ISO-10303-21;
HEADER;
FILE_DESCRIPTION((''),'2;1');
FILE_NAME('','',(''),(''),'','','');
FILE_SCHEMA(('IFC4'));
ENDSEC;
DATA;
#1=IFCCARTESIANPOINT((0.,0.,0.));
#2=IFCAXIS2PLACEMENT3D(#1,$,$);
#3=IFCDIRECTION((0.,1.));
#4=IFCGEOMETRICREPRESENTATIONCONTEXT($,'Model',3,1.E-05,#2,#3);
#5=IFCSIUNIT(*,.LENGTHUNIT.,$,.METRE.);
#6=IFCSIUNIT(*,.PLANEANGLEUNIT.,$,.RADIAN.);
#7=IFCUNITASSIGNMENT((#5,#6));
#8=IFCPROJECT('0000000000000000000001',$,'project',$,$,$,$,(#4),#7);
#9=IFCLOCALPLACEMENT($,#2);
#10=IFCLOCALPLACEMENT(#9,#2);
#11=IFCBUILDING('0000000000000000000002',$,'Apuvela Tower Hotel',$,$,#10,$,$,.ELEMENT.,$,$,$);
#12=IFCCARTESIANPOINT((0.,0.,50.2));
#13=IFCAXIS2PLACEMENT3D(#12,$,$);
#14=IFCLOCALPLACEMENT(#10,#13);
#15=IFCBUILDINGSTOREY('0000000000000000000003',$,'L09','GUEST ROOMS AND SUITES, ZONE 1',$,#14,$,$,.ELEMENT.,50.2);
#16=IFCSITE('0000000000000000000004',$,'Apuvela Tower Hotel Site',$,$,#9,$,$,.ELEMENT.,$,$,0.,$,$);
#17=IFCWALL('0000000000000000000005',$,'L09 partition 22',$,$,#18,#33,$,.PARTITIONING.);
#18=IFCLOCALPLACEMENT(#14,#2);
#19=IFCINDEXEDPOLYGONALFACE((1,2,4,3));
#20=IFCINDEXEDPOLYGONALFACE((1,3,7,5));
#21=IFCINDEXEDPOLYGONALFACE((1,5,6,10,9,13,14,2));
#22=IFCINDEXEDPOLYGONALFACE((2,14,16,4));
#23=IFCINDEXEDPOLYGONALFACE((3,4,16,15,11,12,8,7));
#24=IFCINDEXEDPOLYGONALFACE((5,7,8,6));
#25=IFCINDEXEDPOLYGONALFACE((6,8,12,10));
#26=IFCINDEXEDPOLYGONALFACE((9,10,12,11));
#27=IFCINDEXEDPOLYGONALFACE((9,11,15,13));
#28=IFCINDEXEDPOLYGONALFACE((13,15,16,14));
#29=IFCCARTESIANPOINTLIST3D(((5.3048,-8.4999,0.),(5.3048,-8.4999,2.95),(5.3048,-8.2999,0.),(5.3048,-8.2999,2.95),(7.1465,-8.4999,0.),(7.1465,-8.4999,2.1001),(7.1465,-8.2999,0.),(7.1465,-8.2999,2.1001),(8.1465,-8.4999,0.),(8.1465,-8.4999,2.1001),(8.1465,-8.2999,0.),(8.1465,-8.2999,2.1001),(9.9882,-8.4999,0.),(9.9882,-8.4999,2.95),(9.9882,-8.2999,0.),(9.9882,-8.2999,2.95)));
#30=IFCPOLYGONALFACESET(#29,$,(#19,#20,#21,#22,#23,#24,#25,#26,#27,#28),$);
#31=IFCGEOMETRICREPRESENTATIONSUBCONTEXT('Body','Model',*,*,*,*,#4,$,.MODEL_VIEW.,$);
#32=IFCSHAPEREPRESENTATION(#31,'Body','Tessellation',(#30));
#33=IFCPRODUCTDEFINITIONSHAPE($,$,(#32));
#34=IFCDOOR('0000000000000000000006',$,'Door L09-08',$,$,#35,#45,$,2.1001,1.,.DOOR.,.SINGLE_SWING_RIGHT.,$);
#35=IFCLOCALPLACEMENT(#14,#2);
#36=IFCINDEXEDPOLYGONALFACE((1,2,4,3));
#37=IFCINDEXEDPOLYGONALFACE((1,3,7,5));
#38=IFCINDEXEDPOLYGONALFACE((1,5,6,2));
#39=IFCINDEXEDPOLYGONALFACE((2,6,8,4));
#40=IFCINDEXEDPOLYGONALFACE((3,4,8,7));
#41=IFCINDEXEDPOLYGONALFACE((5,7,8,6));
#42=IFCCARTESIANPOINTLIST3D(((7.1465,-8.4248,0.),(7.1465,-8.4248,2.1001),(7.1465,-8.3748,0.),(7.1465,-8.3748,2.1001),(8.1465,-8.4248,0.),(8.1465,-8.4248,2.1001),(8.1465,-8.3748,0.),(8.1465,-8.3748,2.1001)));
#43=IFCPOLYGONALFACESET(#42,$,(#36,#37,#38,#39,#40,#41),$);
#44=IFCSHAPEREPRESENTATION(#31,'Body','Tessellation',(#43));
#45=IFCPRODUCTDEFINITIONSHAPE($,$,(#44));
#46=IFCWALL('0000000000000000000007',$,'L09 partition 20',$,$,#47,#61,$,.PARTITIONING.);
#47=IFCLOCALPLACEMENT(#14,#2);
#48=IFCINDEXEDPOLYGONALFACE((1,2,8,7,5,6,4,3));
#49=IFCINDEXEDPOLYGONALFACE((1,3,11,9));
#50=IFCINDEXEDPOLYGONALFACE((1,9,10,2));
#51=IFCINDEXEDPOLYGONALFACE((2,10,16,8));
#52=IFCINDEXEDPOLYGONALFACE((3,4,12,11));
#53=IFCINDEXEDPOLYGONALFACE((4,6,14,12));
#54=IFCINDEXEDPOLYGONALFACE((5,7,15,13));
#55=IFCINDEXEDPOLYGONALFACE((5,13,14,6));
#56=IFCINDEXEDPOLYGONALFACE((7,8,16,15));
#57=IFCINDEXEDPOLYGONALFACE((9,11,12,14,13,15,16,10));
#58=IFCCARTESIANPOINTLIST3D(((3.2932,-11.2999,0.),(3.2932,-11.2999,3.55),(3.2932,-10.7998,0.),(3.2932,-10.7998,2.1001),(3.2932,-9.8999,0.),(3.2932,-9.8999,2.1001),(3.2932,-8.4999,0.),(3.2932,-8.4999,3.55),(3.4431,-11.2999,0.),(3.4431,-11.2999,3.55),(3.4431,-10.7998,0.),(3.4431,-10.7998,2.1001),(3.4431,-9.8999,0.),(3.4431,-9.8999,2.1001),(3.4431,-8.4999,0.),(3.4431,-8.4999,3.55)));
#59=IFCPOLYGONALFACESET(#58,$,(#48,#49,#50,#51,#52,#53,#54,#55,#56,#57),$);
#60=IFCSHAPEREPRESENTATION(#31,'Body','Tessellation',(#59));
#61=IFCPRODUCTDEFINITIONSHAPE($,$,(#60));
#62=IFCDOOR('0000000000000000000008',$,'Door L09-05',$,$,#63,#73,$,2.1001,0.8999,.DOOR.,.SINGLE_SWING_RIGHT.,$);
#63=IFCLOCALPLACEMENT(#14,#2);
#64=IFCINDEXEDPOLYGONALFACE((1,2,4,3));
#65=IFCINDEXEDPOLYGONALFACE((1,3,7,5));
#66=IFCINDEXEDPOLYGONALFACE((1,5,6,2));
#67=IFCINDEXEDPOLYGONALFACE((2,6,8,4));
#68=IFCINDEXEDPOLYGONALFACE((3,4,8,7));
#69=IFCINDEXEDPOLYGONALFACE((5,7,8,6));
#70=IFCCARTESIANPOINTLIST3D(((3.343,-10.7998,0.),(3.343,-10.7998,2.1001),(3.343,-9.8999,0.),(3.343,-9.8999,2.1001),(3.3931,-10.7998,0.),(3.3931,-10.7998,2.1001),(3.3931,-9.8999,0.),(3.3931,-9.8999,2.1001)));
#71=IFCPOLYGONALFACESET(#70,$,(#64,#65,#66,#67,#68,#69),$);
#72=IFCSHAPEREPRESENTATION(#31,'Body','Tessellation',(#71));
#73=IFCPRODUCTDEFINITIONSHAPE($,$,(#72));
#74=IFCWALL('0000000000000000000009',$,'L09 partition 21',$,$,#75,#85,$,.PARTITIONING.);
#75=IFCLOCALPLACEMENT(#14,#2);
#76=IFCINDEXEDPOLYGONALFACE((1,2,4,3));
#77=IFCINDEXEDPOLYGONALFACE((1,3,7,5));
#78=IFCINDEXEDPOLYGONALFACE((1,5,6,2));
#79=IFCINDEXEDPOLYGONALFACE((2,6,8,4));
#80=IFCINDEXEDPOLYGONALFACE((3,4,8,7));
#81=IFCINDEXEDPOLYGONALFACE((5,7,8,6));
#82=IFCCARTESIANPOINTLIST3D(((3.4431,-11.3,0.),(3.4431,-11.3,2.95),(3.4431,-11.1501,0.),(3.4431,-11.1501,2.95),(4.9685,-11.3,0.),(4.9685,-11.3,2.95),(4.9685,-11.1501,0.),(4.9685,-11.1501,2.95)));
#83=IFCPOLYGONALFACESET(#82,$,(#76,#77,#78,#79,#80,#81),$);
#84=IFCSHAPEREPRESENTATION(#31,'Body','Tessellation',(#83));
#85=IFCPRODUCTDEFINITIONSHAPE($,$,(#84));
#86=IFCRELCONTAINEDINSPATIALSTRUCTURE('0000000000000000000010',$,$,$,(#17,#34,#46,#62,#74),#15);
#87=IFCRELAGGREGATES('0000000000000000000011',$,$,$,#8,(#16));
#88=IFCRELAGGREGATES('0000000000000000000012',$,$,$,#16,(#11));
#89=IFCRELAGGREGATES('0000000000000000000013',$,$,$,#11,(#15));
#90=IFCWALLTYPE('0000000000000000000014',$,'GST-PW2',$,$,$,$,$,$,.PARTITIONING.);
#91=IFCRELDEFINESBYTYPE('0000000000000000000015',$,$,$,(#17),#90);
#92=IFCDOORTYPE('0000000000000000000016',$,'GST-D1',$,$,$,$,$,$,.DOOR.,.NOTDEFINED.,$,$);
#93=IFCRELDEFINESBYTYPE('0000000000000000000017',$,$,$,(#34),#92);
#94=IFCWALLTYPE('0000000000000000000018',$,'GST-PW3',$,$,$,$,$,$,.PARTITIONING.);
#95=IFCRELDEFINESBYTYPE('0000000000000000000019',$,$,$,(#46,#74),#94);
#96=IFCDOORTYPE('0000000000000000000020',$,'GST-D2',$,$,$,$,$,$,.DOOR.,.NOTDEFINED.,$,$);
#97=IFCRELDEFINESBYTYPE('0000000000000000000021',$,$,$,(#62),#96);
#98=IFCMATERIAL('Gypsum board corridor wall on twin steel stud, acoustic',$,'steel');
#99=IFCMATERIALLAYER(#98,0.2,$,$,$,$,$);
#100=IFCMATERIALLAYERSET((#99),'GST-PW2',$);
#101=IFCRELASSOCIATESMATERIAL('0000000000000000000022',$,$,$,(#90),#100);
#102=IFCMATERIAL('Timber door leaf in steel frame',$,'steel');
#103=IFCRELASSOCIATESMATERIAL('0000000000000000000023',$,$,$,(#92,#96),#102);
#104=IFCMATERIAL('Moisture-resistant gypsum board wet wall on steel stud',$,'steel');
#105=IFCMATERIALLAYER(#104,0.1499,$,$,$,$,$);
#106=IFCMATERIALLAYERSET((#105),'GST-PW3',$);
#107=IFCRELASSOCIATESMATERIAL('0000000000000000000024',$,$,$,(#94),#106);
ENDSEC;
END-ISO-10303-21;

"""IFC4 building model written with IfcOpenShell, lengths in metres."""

from ifc_helpers import new_model, si_unit, direction, frame, frame_2d, origin, place, context, subcontext, project, spatial, rectangle, extrude, material, layer, layer_set, type_object, element, fill, save


model = new_model("IFC4")

# Units and contexts
model_context = context("Model", 3, precision=1e-05, world=origin(), true_north=direction((0.0, 1.0)))
body_context = subcontext(model_context, "Body", "Model", "MODEL_VIEW")
ifc_project = project(units=[si_unit("LENGTHUNIT", "METRE"), si_unit("PLANEANGLEUNIT", "RADIAN")], contexts=[model_context])

# Site, building, storey
site_placement = place(None, origin())
site = spatial("IfcSite", under=ifc_project, at=site_placement, Name="Apuvela Tower Hotel Site", CompositionType="ELEMENT", RefElevation=0.0)
building_placement = place(site_placement, origin())
building = spatial("IfcBuilding", under=site, at=building_placement, Name="Apuvela Tower Hotel", CompositionType="ELEMENT")
storey_placement = place(building_placement, frame((0.0, 0.0, 50.2)))
storey = spatial("IfcBuildingStorey", under=building, at=storey_placement, Name="L09", Description="GUEST ROOMS AND SUITES, ZONE 1", CompositionType="ELEMENT", Elevation=50.2)

# Walls, openings, doors
ifc_material_1 = material(Name="Gypsum board corridor wall on twin steel stud, acoustic", Category="steel")
ifc_layer_1 = layer(ifc_material_1, 0.2)
ifc_layer_set_1 = layer_set([ifc_layer_1], Name="GST-PW2")
wall_type_1 = type_object("IfcWallType", Name="GST-PW2", PredefinedType="PARTITIONING", material=ifc_layer_set_1)
ifc_material_2 = material(Name="Timber door leaf in steel frame", Category="steel")
door_type_1 = type_object("IfcDoorType", Name="GST-D1", OperationType="NOTDEFINED", PredefinedType="DOOR", material=ifc_material_2)
wall_1_placement = place(storey_placement, frame((9.9883, -8.3999, 0.0), z_axis=(0.0, 0.0, 1.0), x_axis=(-1.0, 0.0, 0.0)))
wall_1 = element("IfcWall", 1, at=wall_1_placement, inside=storey, type_object=wall_type_1, Name="L09 partition 22", PredefinedType="PARTITIONING", context=body_context, shape_type="SweptSolid", body=[
    extrude(rectangle(XDim=4.6833, YDim=0.2, at=frame_2d((2.3418, 0.0))), origin(), (0.0, 0.0, 1.0), 2.95),
])
opening_1_placement = place(wall_1_placement, frame((1.8418, 0.0, 0.0)))
opening_1 = element("IfcOpeningElement", 2, at=opening_1_placement, cuts=wall_1, PredefinedType="OPENING", context=body_context, shape_type="SweptSolid", body=[
    extrude(rectangle(XDim=1.0, YDim=2.1001, at=frame_2d((0.5, 1.05))), frame((0.0, 0.1099, 0.0), z_axis=(0.0, -1.0, 0.0), x_axis=(1.0, 0.0, 0.0)), (0.0, 0.0, 1.0), 0.22),
])
door_1_placement = place(opening_1_placement, origin())
door_1 = element("IfcDoor", 3, at=door_1_placement, inside=storey, type_object=door_type_1, Name="Door L09-08", OperationType="SINGLE_SWING_RIGHT", OverallHeight=2.1001, OverallWidth=1.0, PredefinedType="DOOR", context=body_context, shape_type="SweptSolid", body=[
    extrude(rectangle(XDim=1.0, YDim=2.1001, at=frame_2d((0.5, 1.05))), frame((0.0, 0.0249, 0.0), z_axis=(0.0, -1.0, 0.0), x_axis=(1.0, 0.0, 0.0)), (0.0, 0.0, 1.0), 0.05),
])
fill(opening_1, door_1)
ifc_material_3 = material(Name="Moisture-resistant gypsum board wet wall on steel stud", Category="steel")
ifc_layer_2 = layer(ifc_material_3, 0.1499)
ifc_layer_set_2 = layer_set([ifc_layer_2], Name="GST-PW3")
wall_type_2 = type_object("IfcWallType", Name="GST-PW3", PredefinedType="PARTITIONING", material=ifc_layer_set_2)
wall_2_placement = place(storey_placement, frame((3.3682, -8.5, 0.0), z_axis=(0.0, 0.0, 1.0), x_axis=(0.0, -1.0, 0.0)))
wall_2 = element("IfcWall", 4, at=wall_2_placement, inside=storey, type_object=wall_type_2, Name="L09 partition 20", PredefinedType="PARTITIONING", context=body_context, shape_type="SweptSolid", body=[
    extrude(rectangle(XDim=2.8, YDim=0.1499, at=frame_2d((1.3999, 0.0))), origin(), (0.0, 0.0, 1.0), 3.55),
])
opening_2_placement = place(wall_2_placement, frame((1.3999, 0.0, 0.0)))
opening_2 = element("IfcOpeningElement", 5, at=opening_2_placement, cuts=wall_2, PredefinedType="OPENING", context=body_context, shape_type="SweptSolid", body=[
    extrude(rectangle(XDim=0.8999, YDim=2.1001, at=frame_2d((0.45, 1.05))), frame((0.0, 0.085, 0.0), z_axis=(0.0, -1.0, 0.0), x_axis=(1.0, 0.0, 0.0)), (0.0, 0.0, 1.0), 0.1699),
])
door_type_2 = type_object("IfcDoorType", Name="GST-D2", OperationType="NOTDEFINED", PredefinedType="DOOR", material=ifc_material_2)
door_2_placement = place(opening_2_placement, origin())
door_2 = element("IfcDoor", 6, at=door_2_placement, inside=storey, type_object=door_type_2, Name="Door L09-05", OperationType="SINGLE_SWING_RIGHT", OverallHeight=2.1001, OverallWidth=0.8999, PredefinedType="DOOR", context=body_context, shape_type="SweptSolid", body=[
    extrude(rectangle(XDim=0.8999, YDim=2.1001, at=frame_2d((0.45, 1.05))), frame((0.0, 0.0249, 0.0), z_axis=(0.0, -1.0, 0.0), x_axis=(1.0, 0.0, 0.0)), (0.0, 0.0, 1.0), 0.05),
])
fill(opening_2, door_2)

# Wall
wall_3_placement = place(storey_placement, frame((3.4431, -11.2251, 0.0), z_axis=(0.0, 0.0, 1.0), x_axis=(1.0, 0.0, 0.0)))
element("IfcWall", 7, at=wall_3_placement, inside=storey, type_object=wall_type_2, Name="L09 partition 21", PredefinedType="PARTITIONING", context=body_context, shape_type="SweptSolid", body=[
    extrude(rectangle(XDim=1.5254, YDim=0.1499, at=frame_2d((0.7627, 0.0))), origin(), (0.0, 0.0, 1.0), 2.95),
])

save(model, "model.ifc")
